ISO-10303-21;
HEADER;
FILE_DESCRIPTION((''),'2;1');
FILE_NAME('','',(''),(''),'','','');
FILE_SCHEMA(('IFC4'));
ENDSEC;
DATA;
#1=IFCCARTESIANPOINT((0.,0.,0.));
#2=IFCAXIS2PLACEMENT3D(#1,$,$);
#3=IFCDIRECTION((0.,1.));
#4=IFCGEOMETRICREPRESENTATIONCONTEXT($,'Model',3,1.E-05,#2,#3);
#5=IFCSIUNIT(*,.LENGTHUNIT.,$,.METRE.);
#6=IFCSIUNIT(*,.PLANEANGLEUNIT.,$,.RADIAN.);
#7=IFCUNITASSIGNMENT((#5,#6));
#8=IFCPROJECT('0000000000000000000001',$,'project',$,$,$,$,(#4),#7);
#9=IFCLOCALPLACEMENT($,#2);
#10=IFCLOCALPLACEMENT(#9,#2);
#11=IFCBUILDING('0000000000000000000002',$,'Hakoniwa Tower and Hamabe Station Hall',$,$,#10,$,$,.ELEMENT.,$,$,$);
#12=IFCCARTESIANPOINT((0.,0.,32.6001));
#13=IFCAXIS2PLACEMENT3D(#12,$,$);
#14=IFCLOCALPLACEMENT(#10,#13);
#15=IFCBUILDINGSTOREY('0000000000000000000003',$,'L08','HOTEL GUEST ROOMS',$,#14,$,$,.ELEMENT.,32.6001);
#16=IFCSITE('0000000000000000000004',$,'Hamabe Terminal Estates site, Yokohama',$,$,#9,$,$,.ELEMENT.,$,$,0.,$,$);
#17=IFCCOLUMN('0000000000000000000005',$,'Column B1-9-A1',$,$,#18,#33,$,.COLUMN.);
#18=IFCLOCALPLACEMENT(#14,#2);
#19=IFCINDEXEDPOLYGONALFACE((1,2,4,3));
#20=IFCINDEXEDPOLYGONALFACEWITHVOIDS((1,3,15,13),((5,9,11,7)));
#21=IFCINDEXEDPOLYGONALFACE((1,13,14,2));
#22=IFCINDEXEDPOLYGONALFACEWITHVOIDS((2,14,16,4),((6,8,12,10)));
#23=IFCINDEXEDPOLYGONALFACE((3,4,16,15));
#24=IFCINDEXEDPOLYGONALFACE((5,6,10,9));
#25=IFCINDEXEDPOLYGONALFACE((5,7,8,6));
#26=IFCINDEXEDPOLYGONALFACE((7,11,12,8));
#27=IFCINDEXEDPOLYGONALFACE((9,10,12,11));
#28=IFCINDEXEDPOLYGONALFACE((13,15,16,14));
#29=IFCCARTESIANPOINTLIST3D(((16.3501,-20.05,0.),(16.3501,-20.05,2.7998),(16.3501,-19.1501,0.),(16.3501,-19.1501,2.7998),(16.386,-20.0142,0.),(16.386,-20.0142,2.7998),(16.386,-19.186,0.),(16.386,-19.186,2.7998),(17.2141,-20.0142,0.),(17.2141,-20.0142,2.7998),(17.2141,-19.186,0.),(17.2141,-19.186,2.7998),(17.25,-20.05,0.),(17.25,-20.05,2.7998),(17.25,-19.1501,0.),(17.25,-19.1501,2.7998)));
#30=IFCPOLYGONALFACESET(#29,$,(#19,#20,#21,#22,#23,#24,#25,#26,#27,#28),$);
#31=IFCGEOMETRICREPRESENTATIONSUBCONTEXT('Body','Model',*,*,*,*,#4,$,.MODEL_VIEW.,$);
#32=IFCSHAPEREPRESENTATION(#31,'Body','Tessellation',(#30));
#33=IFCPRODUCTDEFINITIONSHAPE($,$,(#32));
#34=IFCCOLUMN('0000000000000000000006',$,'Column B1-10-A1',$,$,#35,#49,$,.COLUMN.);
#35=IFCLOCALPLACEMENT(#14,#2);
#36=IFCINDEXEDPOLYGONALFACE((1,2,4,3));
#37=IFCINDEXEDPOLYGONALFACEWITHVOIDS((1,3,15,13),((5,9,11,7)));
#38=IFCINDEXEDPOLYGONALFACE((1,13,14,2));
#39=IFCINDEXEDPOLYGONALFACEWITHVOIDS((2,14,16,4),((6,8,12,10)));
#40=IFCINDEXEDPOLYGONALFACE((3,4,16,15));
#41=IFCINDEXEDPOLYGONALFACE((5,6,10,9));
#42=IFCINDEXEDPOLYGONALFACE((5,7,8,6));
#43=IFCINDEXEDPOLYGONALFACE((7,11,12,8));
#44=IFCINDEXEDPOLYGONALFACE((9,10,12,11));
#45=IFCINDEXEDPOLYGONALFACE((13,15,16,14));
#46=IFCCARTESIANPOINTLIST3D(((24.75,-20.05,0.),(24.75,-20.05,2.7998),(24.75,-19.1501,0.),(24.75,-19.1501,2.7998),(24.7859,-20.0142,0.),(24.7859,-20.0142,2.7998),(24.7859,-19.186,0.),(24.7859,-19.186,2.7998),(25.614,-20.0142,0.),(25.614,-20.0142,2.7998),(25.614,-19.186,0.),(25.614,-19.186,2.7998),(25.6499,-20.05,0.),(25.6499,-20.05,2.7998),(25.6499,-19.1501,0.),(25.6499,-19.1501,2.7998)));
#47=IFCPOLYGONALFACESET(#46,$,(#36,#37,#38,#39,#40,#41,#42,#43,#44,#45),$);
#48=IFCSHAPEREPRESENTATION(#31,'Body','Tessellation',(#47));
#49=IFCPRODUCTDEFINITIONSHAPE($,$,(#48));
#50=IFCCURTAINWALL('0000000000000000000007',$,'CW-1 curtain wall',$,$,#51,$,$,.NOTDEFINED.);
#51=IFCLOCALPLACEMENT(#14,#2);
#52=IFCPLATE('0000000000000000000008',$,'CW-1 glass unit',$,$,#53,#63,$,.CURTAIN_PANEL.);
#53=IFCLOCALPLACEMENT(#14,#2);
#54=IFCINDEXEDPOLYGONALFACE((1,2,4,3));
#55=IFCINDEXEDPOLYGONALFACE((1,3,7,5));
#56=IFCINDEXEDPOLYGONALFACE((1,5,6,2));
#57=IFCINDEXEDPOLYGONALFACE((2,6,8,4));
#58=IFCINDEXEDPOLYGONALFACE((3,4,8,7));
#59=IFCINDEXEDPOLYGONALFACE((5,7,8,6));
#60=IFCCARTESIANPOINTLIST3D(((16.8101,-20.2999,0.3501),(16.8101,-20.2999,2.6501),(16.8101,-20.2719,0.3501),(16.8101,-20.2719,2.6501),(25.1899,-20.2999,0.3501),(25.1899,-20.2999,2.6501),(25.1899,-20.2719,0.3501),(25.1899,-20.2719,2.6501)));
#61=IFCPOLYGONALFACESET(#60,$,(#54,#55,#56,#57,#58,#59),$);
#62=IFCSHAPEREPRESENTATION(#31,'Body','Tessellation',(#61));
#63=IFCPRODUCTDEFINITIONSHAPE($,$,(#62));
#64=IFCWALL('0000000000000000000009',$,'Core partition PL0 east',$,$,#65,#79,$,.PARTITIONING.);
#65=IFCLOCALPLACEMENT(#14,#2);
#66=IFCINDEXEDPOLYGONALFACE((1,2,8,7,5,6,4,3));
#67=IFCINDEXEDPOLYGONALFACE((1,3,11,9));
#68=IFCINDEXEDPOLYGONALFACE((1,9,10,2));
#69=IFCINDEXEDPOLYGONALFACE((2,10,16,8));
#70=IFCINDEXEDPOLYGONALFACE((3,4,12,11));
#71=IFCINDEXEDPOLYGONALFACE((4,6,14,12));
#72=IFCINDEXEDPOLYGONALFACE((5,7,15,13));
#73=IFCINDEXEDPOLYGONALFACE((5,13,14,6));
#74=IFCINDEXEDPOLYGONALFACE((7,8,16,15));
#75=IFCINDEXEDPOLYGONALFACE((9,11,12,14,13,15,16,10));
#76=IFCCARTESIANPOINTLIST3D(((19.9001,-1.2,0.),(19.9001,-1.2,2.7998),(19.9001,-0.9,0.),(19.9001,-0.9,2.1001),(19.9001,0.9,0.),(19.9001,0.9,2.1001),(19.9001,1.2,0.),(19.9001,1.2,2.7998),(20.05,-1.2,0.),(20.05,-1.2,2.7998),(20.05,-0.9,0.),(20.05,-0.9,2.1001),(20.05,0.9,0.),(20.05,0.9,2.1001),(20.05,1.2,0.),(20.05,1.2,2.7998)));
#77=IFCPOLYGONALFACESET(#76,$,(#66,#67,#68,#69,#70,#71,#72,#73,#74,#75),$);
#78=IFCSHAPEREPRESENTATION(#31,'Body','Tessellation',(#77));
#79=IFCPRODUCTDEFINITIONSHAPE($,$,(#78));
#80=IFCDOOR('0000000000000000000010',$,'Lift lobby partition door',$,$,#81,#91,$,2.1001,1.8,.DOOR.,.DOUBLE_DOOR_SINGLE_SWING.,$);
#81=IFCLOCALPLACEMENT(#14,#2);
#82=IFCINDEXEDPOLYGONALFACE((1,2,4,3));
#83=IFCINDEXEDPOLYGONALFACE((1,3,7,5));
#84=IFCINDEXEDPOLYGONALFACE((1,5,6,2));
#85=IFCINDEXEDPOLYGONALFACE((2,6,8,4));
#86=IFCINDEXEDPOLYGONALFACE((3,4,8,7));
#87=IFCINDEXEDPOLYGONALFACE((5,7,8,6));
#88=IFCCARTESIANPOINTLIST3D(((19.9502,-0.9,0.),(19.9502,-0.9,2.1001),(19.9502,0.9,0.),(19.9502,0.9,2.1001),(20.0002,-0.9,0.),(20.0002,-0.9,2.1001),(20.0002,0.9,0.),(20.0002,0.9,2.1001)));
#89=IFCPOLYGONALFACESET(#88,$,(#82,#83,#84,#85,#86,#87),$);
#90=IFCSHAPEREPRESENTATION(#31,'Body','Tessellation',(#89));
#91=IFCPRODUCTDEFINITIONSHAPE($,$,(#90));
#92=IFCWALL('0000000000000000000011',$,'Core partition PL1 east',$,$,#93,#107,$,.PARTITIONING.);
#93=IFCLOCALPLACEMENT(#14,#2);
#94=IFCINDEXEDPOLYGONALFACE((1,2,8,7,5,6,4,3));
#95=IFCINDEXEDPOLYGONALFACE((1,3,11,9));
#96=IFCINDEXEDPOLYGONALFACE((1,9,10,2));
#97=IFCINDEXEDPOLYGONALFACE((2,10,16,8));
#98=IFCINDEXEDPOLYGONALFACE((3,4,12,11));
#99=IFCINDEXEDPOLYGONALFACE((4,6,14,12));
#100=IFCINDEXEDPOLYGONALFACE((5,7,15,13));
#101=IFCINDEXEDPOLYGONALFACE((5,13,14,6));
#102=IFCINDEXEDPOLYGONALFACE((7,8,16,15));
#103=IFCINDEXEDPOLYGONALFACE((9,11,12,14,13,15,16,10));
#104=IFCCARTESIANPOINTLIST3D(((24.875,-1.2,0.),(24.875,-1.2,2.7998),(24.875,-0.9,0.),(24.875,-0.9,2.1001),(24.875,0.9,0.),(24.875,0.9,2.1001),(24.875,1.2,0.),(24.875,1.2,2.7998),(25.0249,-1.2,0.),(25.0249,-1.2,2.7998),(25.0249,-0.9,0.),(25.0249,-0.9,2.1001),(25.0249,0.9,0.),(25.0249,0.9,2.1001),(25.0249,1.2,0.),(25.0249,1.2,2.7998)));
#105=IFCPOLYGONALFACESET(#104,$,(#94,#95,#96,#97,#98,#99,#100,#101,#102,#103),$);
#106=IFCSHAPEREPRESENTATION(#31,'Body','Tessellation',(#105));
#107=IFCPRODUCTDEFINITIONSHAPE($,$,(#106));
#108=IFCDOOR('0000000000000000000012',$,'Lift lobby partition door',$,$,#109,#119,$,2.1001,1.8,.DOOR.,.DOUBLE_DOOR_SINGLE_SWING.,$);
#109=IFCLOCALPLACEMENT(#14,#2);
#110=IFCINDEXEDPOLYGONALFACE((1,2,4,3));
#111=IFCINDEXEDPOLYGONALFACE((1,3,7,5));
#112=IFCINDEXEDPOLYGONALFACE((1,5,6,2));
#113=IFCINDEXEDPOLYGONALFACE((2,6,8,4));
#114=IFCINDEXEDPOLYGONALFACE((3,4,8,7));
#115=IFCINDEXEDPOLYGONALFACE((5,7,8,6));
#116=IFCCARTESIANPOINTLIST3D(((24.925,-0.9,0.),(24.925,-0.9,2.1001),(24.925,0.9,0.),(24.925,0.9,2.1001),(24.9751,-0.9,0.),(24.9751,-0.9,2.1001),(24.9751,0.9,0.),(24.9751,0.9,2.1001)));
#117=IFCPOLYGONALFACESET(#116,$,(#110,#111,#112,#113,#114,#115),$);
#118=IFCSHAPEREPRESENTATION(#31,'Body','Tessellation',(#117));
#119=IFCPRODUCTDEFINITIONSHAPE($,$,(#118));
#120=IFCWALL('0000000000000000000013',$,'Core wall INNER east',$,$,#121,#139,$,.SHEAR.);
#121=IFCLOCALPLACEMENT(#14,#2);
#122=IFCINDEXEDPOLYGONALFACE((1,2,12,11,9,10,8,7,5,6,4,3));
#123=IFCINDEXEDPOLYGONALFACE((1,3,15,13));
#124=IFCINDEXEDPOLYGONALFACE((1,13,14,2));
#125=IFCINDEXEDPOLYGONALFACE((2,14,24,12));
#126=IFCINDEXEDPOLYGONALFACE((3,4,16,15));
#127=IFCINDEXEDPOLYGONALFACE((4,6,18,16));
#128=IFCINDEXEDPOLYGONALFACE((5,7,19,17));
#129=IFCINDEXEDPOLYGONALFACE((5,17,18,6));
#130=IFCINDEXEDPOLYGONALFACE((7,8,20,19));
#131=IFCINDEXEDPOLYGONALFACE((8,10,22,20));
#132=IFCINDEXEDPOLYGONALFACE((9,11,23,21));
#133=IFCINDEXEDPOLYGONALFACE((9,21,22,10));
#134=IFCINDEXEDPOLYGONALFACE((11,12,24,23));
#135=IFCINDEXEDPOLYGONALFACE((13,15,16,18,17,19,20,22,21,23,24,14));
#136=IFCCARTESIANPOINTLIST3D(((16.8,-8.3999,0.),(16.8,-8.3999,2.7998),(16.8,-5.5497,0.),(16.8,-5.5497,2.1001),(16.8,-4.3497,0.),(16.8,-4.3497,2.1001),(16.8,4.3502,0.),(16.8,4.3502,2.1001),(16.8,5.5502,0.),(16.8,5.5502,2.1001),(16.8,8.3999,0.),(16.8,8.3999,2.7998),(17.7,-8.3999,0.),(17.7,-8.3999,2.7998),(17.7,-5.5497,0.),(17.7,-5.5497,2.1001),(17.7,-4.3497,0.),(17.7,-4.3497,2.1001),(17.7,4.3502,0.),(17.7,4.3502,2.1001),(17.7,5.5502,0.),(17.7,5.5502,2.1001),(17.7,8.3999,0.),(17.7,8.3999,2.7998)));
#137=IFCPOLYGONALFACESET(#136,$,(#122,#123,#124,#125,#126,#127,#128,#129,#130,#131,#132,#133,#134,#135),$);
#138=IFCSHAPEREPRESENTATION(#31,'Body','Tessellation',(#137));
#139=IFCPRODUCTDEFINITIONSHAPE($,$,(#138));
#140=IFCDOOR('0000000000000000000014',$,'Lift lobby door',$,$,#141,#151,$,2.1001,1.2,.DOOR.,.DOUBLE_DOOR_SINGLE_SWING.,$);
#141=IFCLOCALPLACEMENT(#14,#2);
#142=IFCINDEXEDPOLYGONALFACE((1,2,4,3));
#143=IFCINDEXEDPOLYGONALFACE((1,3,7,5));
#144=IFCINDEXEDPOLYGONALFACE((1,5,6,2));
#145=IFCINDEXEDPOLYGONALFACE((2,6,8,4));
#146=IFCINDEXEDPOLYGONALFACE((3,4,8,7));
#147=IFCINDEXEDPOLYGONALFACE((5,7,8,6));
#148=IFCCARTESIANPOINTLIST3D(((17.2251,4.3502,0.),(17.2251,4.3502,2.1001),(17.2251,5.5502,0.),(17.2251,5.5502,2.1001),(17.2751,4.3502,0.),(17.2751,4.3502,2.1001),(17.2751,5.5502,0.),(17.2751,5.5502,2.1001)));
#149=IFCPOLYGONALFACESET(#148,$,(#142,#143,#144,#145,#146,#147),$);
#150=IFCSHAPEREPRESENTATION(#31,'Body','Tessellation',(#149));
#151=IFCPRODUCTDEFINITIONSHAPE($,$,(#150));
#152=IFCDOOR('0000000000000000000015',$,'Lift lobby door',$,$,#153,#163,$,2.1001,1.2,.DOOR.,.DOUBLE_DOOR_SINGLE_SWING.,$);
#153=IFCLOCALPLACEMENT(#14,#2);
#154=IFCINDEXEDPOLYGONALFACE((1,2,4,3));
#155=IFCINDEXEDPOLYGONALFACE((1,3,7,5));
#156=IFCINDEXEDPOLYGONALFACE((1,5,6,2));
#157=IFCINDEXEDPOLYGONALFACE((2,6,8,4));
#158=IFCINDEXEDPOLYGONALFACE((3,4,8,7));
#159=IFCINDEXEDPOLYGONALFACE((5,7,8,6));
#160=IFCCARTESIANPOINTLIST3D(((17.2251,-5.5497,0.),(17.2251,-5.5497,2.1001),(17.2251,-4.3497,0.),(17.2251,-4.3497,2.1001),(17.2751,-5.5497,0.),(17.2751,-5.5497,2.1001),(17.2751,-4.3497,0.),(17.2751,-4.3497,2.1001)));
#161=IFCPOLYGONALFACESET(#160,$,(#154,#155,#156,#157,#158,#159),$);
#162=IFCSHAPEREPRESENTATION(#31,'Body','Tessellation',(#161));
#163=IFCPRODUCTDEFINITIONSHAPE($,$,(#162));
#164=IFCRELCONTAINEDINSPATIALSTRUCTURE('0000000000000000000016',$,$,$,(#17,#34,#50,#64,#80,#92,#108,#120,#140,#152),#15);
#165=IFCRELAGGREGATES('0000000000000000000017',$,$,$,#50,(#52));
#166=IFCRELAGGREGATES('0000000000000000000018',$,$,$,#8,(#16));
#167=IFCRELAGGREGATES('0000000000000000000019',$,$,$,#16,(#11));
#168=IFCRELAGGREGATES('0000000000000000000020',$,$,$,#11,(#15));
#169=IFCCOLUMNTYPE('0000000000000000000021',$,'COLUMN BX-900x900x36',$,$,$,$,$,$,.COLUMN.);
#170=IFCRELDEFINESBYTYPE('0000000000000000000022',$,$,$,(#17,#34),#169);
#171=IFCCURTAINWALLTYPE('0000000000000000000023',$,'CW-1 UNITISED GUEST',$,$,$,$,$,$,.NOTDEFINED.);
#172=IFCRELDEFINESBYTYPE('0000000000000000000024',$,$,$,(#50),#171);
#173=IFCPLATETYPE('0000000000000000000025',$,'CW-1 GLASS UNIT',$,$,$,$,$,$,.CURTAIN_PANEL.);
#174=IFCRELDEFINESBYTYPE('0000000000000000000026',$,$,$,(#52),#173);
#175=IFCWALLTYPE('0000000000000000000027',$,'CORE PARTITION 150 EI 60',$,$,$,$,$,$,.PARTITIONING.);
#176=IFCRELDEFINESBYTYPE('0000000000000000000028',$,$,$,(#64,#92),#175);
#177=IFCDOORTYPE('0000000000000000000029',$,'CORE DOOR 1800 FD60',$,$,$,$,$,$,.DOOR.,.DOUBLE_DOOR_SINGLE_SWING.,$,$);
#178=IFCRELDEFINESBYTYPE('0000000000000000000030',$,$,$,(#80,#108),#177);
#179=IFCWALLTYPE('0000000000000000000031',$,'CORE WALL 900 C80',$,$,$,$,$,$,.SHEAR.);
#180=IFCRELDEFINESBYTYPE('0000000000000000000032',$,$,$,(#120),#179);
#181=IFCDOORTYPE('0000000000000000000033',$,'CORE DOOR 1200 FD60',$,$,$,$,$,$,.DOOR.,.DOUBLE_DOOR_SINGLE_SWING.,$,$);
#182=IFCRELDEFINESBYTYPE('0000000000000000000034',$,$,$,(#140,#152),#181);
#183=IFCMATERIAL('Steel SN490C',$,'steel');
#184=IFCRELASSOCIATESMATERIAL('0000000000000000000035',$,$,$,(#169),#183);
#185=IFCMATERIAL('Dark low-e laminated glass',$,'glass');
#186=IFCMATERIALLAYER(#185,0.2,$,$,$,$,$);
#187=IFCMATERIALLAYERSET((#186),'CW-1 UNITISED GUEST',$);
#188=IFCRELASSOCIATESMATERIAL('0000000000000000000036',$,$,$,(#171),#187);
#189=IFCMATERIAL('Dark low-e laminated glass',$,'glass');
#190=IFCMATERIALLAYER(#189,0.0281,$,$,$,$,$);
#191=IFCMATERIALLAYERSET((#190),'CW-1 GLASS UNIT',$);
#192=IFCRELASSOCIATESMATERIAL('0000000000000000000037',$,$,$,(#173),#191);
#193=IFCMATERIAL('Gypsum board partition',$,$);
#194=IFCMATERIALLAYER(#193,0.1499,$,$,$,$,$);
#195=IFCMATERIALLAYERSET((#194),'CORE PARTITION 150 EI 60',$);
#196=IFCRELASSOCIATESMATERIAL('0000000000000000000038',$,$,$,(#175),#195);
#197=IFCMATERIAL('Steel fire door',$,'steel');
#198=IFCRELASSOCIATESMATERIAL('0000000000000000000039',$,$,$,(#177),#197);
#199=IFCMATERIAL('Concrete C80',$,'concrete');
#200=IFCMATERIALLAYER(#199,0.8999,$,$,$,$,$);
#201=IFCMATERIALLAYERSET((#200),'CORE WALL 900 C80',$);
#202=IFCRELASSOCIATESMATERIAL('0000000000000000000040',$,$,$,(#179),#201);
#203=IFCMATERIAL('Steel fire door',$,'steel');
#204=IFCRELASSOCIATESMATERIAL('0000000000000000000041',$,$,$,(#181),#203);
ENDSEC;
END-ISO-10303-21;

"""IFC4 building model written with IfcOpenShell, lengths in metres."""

from ifc_helpers import new_model, si_unit, direction, frame, frame_2d, origin, origin_2d, place, context, subcontext, project, spatial, rectangle, hollow_rectangle, extrude, material, layer, layer_set, material_profile, profile_set, type_object, element, fill, aggregate, save


model = new_model("IFC4")

# Units and contexts
model_context = context("Model", 3, precision=1e-05, world=origin(), true_north=direction((0.0, 1.0)))
body_context = subcontext(model_context, "Body", "Model", "MODEL_VIEW")
ifc_project = project(units=[si_unit("LENGTHUNIT", "METRE"), si_unit("PLANEANGLEUNIT", "RADIAN")], contexts=[model_context])

# Site, building, storey
site_placement = place(None, origin())
site = spatial("IfcSite", under=ifc_project, at=site_placement, Name="Hamabe Terminal Estates site, Yokohama", CompositionType="ELEMENT", RefElevation=0.0)
building_placement = place(site_placement, origin())
building = spatial("IfcBuilding", under=site, at=building_placement, Name="Hakoniwa Tower and Hamabe Station Hall", CompositionType="ELEMENT")
storey_placement = place(building_placement, frame((0.0, 0.0, 32.6001)))
storey = spatial("IfcBuildingStorey", under=building, at=storey_placement, Name="L08", Description="HOTEL GUEST ROOMS", CompositionType="ELEMENT", Elevation=32.6001)

# Columns
ifc_material_1 = material(Name="Steel SN490C", Category="steel")
ifc_material_profile = material_profile(ifc_material_1, hollow_rectangle(XDim=0.8999, YDim=0.8999, WallThickness=0.0359, at=origin_2d()), Name="BX-900x900x36")
ifc_profile_set = profile_set([ifc_material_profile], Name="Steel SN490C")
column_type = type_object("IfcColumnType", Name="COLUMN BX-900x900x36", PredefinedType="COLUMN", material=ifc_profile_set)
for number, where, z_axis, x_axis, name in (
    (1, (16.8, -19.6001, 0.0), (0.0, 0.0, 1.0), (1.0, 0.0, 0.0), "Column B1-9-A1"),
    (2, (25.2, -19.6001, 0.0), (0.0, 0.0, 1.0), (1.0, 0.0, 0.0), "Column B1-10-A1"),
):
    element("IfcColumn", number, at=place(storey_placement, frame(where, z_axis=z_axis, x_axis=x_axis)), inside=storey, type_object=column_type, Name=name, PredefinedType="COLUMN", context=body_context, shape_type="SweptSolid", body=[
        extrude(hollow_rectangle(XDim=0.8999, YDim=0.8999, WallThickness=0.0359, at=origin_2d()), origin(), (0.0, 0.0, 1.0), 2.7998),
    ])

# Curtain wall, plate
ifc_material_2 = material(Name="Dark low-e laminated glass", Category="glass")
ifc_layer_1 = layer(ifc_material_2, 0.2)
ifc_layer_set_1 = layer_set([ifc_layer_1], Name="CW-1 UNITISED GUEST")
curtain_wall_type = type_object("IfcCurtainWallType", Name="CW-1 UNITISED GUEST", PredefinedType="NOTDEFINED", material=ifc_layer_set_1)
curtain_wall_placement = place(storey_placement, origin())
curtain_wall = element("IfcCurtainWall", 3, at=curtain_wall_placement, inside=storey, type_object=curtain_wall_type, Name="CW-1 curtain wall", PredefinedType="NOTDEFINED")
ifc_material_3 = material(Name="Dark low-e laminated glass", Category="glass")
ifc_layer_2 = layer(ifc_material_3, 0.0281)
ifc_layer_set_2 = layer_set([ifc_layer_2], Name="CW-1 GLASS UNIT")
plate_type = type_object("IfcPlateType", Name="CW-1 GLASS UNIT", PredefinedType="CURTAIN_PANEL", material=ifc_layer_set_2)
plate_placement = place(storey_placement, frame((21.0, -20.2859, 0.3501), z_axis=(0.0, 0.0, 1.0), x_axis=(1.0, 0.0, 0.0)))
plate = element("IfcPlate", 4, at=plate_placement, type_object=plate_type, Name="CW-1 glass unit", PredefinedType="CURTAIN_PANEL", context=body_context, shape_type="SweptSolid", body=[
    extrude(rectangle(XDim=8.3799, YDim=0.0281, at=origin_2d()), origin(), (0.0, 0.0, 1.0), 2.3),
])
aggregate(curtain_wall, [plate])

# Walls, openings, doors
ifc_material_4 = material(Name="Gypsum board partition")
ifc_layer_3 = layer(ifc_material_4, 0.1499)
ifc_layer_set_3 = layer_set([ifc_layer_3], Name="CORE PARTITION 150 EI 60")
wall_type_1 = type_object("IfcWallType", Name="CORE PARTITION 150 EI 60", PredefinedType="PARTITIONING", material=ifc_layer_set_3)
wall_1_placement = place(storey_placement, frame((19.9751, -1.2, 0.0), z_axis=(0.0, 0.0, 1.0), x_axis=(0.0, 1.0, 0.0)))
wall_1 = element("IfcWall", 5, at=wall_1_placement, inside=storey, type_object=wall_type_1, Name="Core partition PL0 east", PredefinedType="PARTITIONING", context=body_context, shape_type="SweptSolid", body=[
    extrude(rectangle(XDim=2.3999, YDim=0.1499, at=frame_2d((1.2, 0.0))), origin(), (0.0, 0.0, 1.0), 2.7998),
])
opening_1_placement = place(wall_1_placement, frame((0.3, 0.0, 0.0)))
opening_1 = element("IfcOpeningElement", 6, at=opening_1_placement, cuts=wall_1, PredefinedType="OPENING", context=body_context, shape_type="SweptSolid", body=[
    extrude(rectangle(XDim=1.8, YDim=2.1001, at=frame_2d((0.8999, 1.05))), frame((0.0, 0.085, 0.0), z_axis=(0.0, -1.0, 0.0), x_axis=(1.0, 0.0, 0.0)), (0.0, 0.0, 1.0), 0.1699),
])
ifc_material_5 = material(Name="Steel fire door", Category="steel")
door_type_1 = type_object("IfcDoorType", Name="CORE DOOR 1800 FD60", OperationType="DOUBLE_DOOR_SINGLE_SWING", PredefinedType="DOOR", material=ifc_material_5)
door_1_placement = place(opening_1_placement, origin())
door_1 = element("IfcDoor", 7, at=door_1_placement, inside=storey, type_object=door_type_1, Name="Lift lobby partition door", OperationType="DOUBLE_DOOR_SINGLE_SWING", OverallHeight=2.1001, OverallWidth=1.8, PredefinedType="DOOR", context=body_context, shape_type="SweptSolid", body=[
    extrude(rectangle(XDim=1.8, YDim=2.1001, at=frame_2d((0.8999, 1.05))), frame((0.0, 0.0249, 0.0), z_axis=(0.0, -1.0, 0.0), x_axis=(1.0, 0.0, 0.0)), (0.0, 0.0, 1.0), 0.05),
])
fill(opening_1, door_1)
wall_2_placement = place(storey_placement, frame((24.95, -1.2, 0.0), z_axis=(0.0, 0.0, 1.0), x_axis=(0.0, 1.0, 0.0)))
wall_2 = element("IfcWall", 8, at=wall_2_placement, inside=storey, type_object=wall_type_1, Name="Core partition PL1 east", PredefinedType="PARTITIONING", context=body_context, shape_type="SweptSolid", body=[
    extrude(rectangle(XDim=2.3999, YDim=0.1499, at=frame_2d((1.2, 0.0))), origin(), (0.0, 0.0, 1.0), 2.7998),
])
opening_2_placement = place(wall_2_placement, frame((0.3, 0.0, 0.0)))
opening_2 = element("IfcOpeningElement", 9, at=opening_2_placement, cuts=wall_2, PredefinedType="OPENING", context=body_context, shape_type="SweptSolid", body=[
    extrude(rectangle(XDim=1.8, YDim=2.1001, at=frame_2d((0.8999, 1.05))), frame((0.0, 0.085, 0.0), z_axis=(0.0, -1.0, 0.0), x_axis=(1.0, 0.0, 0.0)), (0.0, 0.0, 1.0), 0.1699),
])
door_2_placement = place(opening_2_placement, origin())
door_2 = element("IfcDoor", 10, at=door_2_placement, inside=storey, type_object=door_type_1, Name="Lift lobby partition door", OperationType="DOUBLE_DOOR_SINGLE_SWING", OverallHeight=2.1001, OverallWidth=1.8, PredefinedType="DOOR", context=body_context, shape_type="SweptSolid", body=[
    extrude(rectangle(XDim=1.8, YDim=2.1001, at=frame_2d((0.8999, 1.05))), frame((0.0, 0.0249, 0.0), z_axis=(0.0, -1.0, 0.0), x_axis=(1.0, 0.0, 0.0)), (0.0, 0.0, 1.0), 0.05),
])
fill(opening_2, door_2)

# Wall, openings, doors
ifc_material_6 = material(Name="Concrete C80", Category="concrete")
ifc_layer_4 = layer(ifc_material_6, 0.8999)
ifc_layer_set_4 = layer_set([ifc_layer_4], Name="CORE WALL 900 C80")
wall_type_2 = type_object("IfcWallType", Name="CORE WALL 900 C80", PredefinedType="SHEAR", material=ifc_layer_set_4)
wall_3_placement = place(storey_placement, frame((17.25, -8.3999, 0.0), z_axis=(0.0, 0.0, 1.0), x_axis=(0.0, 1.0, 0.0)))
wall_3 = element("IfcWall", 11, at=wall_3_placement, inside=storey, type_object=wall_type_2, Name="Core wall INNER east", PredefinedType="SHEAR", context=body_context, shape_type="SweptSolid", body=[
    extrude(rectangle(XDim=16.7998, YDim=0.8999, at=frame_2d((8.3999, 0.0))), origin(), (0.0, 0.0, 1.0), 2.7998),
])
opening_3_placement = place(wall_3_placement, frame((12.75, 0.0, 0.0)))
opening_3 = element("IfcOpeningElement", 12, at=opening_3_placement, cuts=wall_3, PredefinedType="OPENING", context=body_context, shape_type="SweptSolid", body=[
    extrude(rectangle(XDim=1.2, YDim=2.1001, at=frame_2d((0.6001, 1.05))), frame((0.0, 0.46, 0.0), z_axis=(0.0, -1.0, 0.0), x_axis=(1.0, 0.0, 0.0)), (0.0, 0.0, 1.0), 0.9199),
])
opening_4_placement = place(wall_3_placement, frame((2.8501, 0.0, 0.0)))
opening_4 = element("IfcOpeningElement", 13, at=opening_4_placement, cuts=wall_3, PredefinedType="OPENING", context=body_context, shape_type="SweptSolid", body=[
    extrude(rectangle(XDim=1.2, YDim=2.1001, at=frame_2d((0.6001, 1.05))), frame((0.0, 0.46, 0.0), z_axis=(0.0, -1.0, 0.0), x_axis=(1.0, 0.0, 0.0)), (0.0, 0.0, 1.0), 0.9199),
])
ifc_material_7 = material(Name="Steel fire door", Category="steel")
door_type_2 = type_object("IfcDoorType", Name="CORE DOOR 1200 FD60", OperationType="DOUBLE_DOOR_SINGLE_SWING", PredefinedType="DOOR", material=ifc_material_7)
door_3_placement = place(opening_3_placement, origin())
door_3 = element("IfcDoor", 14, at=door_3_placement, inside=storey, type_object=door_type_2, Name="Lift lobby door", OperationType="DOUBLE_DOOR_SINGLE_SWING", OverallHeight=2.1001, OverallWidth=1.2, PredefinedType="DOOR", context=body_context, shape_type="SweptSolid", body=[
    extrude(rectangle(XDim=1.2, YDim=2.1001, at=frame_2d((0.6001, 1.05))), frame((0.0, 0.0249, 0.0), z_axis=(0.0, -1.0, 0.0), x_axis=(1.0, 0.0, 0.0)), (0.0, 0.0, 1.0), 0.05),
])
fill(opening_3, door_3)
door_4_placement = place(opening_4_placement, origin())
door_4 = element("IfcDoor", 15, at=door_4_placement, inside=storey, type_object=door_type_2, Name="Lift lobby door", OperationType="DOUBLE_DOOR_SINGLE_SWING", OverallHeight=2.1001, OverallWidth=1.2, PredefinedType="DOOR", context=body_context, shape_type="SweptSolid", body=[
    extrude(rectangle(XDim=1.2, YDim=2.1001, at=frame_2d((0.6001, 1.05))), frame((0.0, 0.0249, 0.0), z_axis=(0.0, -1.0, 0.0), x_axis=(1.0, 0.0, 0.0)), (0.0, 0.0, 1.0), 0.05),
])
fill(opening_4, door_4)

save(model, "model.ifc")
